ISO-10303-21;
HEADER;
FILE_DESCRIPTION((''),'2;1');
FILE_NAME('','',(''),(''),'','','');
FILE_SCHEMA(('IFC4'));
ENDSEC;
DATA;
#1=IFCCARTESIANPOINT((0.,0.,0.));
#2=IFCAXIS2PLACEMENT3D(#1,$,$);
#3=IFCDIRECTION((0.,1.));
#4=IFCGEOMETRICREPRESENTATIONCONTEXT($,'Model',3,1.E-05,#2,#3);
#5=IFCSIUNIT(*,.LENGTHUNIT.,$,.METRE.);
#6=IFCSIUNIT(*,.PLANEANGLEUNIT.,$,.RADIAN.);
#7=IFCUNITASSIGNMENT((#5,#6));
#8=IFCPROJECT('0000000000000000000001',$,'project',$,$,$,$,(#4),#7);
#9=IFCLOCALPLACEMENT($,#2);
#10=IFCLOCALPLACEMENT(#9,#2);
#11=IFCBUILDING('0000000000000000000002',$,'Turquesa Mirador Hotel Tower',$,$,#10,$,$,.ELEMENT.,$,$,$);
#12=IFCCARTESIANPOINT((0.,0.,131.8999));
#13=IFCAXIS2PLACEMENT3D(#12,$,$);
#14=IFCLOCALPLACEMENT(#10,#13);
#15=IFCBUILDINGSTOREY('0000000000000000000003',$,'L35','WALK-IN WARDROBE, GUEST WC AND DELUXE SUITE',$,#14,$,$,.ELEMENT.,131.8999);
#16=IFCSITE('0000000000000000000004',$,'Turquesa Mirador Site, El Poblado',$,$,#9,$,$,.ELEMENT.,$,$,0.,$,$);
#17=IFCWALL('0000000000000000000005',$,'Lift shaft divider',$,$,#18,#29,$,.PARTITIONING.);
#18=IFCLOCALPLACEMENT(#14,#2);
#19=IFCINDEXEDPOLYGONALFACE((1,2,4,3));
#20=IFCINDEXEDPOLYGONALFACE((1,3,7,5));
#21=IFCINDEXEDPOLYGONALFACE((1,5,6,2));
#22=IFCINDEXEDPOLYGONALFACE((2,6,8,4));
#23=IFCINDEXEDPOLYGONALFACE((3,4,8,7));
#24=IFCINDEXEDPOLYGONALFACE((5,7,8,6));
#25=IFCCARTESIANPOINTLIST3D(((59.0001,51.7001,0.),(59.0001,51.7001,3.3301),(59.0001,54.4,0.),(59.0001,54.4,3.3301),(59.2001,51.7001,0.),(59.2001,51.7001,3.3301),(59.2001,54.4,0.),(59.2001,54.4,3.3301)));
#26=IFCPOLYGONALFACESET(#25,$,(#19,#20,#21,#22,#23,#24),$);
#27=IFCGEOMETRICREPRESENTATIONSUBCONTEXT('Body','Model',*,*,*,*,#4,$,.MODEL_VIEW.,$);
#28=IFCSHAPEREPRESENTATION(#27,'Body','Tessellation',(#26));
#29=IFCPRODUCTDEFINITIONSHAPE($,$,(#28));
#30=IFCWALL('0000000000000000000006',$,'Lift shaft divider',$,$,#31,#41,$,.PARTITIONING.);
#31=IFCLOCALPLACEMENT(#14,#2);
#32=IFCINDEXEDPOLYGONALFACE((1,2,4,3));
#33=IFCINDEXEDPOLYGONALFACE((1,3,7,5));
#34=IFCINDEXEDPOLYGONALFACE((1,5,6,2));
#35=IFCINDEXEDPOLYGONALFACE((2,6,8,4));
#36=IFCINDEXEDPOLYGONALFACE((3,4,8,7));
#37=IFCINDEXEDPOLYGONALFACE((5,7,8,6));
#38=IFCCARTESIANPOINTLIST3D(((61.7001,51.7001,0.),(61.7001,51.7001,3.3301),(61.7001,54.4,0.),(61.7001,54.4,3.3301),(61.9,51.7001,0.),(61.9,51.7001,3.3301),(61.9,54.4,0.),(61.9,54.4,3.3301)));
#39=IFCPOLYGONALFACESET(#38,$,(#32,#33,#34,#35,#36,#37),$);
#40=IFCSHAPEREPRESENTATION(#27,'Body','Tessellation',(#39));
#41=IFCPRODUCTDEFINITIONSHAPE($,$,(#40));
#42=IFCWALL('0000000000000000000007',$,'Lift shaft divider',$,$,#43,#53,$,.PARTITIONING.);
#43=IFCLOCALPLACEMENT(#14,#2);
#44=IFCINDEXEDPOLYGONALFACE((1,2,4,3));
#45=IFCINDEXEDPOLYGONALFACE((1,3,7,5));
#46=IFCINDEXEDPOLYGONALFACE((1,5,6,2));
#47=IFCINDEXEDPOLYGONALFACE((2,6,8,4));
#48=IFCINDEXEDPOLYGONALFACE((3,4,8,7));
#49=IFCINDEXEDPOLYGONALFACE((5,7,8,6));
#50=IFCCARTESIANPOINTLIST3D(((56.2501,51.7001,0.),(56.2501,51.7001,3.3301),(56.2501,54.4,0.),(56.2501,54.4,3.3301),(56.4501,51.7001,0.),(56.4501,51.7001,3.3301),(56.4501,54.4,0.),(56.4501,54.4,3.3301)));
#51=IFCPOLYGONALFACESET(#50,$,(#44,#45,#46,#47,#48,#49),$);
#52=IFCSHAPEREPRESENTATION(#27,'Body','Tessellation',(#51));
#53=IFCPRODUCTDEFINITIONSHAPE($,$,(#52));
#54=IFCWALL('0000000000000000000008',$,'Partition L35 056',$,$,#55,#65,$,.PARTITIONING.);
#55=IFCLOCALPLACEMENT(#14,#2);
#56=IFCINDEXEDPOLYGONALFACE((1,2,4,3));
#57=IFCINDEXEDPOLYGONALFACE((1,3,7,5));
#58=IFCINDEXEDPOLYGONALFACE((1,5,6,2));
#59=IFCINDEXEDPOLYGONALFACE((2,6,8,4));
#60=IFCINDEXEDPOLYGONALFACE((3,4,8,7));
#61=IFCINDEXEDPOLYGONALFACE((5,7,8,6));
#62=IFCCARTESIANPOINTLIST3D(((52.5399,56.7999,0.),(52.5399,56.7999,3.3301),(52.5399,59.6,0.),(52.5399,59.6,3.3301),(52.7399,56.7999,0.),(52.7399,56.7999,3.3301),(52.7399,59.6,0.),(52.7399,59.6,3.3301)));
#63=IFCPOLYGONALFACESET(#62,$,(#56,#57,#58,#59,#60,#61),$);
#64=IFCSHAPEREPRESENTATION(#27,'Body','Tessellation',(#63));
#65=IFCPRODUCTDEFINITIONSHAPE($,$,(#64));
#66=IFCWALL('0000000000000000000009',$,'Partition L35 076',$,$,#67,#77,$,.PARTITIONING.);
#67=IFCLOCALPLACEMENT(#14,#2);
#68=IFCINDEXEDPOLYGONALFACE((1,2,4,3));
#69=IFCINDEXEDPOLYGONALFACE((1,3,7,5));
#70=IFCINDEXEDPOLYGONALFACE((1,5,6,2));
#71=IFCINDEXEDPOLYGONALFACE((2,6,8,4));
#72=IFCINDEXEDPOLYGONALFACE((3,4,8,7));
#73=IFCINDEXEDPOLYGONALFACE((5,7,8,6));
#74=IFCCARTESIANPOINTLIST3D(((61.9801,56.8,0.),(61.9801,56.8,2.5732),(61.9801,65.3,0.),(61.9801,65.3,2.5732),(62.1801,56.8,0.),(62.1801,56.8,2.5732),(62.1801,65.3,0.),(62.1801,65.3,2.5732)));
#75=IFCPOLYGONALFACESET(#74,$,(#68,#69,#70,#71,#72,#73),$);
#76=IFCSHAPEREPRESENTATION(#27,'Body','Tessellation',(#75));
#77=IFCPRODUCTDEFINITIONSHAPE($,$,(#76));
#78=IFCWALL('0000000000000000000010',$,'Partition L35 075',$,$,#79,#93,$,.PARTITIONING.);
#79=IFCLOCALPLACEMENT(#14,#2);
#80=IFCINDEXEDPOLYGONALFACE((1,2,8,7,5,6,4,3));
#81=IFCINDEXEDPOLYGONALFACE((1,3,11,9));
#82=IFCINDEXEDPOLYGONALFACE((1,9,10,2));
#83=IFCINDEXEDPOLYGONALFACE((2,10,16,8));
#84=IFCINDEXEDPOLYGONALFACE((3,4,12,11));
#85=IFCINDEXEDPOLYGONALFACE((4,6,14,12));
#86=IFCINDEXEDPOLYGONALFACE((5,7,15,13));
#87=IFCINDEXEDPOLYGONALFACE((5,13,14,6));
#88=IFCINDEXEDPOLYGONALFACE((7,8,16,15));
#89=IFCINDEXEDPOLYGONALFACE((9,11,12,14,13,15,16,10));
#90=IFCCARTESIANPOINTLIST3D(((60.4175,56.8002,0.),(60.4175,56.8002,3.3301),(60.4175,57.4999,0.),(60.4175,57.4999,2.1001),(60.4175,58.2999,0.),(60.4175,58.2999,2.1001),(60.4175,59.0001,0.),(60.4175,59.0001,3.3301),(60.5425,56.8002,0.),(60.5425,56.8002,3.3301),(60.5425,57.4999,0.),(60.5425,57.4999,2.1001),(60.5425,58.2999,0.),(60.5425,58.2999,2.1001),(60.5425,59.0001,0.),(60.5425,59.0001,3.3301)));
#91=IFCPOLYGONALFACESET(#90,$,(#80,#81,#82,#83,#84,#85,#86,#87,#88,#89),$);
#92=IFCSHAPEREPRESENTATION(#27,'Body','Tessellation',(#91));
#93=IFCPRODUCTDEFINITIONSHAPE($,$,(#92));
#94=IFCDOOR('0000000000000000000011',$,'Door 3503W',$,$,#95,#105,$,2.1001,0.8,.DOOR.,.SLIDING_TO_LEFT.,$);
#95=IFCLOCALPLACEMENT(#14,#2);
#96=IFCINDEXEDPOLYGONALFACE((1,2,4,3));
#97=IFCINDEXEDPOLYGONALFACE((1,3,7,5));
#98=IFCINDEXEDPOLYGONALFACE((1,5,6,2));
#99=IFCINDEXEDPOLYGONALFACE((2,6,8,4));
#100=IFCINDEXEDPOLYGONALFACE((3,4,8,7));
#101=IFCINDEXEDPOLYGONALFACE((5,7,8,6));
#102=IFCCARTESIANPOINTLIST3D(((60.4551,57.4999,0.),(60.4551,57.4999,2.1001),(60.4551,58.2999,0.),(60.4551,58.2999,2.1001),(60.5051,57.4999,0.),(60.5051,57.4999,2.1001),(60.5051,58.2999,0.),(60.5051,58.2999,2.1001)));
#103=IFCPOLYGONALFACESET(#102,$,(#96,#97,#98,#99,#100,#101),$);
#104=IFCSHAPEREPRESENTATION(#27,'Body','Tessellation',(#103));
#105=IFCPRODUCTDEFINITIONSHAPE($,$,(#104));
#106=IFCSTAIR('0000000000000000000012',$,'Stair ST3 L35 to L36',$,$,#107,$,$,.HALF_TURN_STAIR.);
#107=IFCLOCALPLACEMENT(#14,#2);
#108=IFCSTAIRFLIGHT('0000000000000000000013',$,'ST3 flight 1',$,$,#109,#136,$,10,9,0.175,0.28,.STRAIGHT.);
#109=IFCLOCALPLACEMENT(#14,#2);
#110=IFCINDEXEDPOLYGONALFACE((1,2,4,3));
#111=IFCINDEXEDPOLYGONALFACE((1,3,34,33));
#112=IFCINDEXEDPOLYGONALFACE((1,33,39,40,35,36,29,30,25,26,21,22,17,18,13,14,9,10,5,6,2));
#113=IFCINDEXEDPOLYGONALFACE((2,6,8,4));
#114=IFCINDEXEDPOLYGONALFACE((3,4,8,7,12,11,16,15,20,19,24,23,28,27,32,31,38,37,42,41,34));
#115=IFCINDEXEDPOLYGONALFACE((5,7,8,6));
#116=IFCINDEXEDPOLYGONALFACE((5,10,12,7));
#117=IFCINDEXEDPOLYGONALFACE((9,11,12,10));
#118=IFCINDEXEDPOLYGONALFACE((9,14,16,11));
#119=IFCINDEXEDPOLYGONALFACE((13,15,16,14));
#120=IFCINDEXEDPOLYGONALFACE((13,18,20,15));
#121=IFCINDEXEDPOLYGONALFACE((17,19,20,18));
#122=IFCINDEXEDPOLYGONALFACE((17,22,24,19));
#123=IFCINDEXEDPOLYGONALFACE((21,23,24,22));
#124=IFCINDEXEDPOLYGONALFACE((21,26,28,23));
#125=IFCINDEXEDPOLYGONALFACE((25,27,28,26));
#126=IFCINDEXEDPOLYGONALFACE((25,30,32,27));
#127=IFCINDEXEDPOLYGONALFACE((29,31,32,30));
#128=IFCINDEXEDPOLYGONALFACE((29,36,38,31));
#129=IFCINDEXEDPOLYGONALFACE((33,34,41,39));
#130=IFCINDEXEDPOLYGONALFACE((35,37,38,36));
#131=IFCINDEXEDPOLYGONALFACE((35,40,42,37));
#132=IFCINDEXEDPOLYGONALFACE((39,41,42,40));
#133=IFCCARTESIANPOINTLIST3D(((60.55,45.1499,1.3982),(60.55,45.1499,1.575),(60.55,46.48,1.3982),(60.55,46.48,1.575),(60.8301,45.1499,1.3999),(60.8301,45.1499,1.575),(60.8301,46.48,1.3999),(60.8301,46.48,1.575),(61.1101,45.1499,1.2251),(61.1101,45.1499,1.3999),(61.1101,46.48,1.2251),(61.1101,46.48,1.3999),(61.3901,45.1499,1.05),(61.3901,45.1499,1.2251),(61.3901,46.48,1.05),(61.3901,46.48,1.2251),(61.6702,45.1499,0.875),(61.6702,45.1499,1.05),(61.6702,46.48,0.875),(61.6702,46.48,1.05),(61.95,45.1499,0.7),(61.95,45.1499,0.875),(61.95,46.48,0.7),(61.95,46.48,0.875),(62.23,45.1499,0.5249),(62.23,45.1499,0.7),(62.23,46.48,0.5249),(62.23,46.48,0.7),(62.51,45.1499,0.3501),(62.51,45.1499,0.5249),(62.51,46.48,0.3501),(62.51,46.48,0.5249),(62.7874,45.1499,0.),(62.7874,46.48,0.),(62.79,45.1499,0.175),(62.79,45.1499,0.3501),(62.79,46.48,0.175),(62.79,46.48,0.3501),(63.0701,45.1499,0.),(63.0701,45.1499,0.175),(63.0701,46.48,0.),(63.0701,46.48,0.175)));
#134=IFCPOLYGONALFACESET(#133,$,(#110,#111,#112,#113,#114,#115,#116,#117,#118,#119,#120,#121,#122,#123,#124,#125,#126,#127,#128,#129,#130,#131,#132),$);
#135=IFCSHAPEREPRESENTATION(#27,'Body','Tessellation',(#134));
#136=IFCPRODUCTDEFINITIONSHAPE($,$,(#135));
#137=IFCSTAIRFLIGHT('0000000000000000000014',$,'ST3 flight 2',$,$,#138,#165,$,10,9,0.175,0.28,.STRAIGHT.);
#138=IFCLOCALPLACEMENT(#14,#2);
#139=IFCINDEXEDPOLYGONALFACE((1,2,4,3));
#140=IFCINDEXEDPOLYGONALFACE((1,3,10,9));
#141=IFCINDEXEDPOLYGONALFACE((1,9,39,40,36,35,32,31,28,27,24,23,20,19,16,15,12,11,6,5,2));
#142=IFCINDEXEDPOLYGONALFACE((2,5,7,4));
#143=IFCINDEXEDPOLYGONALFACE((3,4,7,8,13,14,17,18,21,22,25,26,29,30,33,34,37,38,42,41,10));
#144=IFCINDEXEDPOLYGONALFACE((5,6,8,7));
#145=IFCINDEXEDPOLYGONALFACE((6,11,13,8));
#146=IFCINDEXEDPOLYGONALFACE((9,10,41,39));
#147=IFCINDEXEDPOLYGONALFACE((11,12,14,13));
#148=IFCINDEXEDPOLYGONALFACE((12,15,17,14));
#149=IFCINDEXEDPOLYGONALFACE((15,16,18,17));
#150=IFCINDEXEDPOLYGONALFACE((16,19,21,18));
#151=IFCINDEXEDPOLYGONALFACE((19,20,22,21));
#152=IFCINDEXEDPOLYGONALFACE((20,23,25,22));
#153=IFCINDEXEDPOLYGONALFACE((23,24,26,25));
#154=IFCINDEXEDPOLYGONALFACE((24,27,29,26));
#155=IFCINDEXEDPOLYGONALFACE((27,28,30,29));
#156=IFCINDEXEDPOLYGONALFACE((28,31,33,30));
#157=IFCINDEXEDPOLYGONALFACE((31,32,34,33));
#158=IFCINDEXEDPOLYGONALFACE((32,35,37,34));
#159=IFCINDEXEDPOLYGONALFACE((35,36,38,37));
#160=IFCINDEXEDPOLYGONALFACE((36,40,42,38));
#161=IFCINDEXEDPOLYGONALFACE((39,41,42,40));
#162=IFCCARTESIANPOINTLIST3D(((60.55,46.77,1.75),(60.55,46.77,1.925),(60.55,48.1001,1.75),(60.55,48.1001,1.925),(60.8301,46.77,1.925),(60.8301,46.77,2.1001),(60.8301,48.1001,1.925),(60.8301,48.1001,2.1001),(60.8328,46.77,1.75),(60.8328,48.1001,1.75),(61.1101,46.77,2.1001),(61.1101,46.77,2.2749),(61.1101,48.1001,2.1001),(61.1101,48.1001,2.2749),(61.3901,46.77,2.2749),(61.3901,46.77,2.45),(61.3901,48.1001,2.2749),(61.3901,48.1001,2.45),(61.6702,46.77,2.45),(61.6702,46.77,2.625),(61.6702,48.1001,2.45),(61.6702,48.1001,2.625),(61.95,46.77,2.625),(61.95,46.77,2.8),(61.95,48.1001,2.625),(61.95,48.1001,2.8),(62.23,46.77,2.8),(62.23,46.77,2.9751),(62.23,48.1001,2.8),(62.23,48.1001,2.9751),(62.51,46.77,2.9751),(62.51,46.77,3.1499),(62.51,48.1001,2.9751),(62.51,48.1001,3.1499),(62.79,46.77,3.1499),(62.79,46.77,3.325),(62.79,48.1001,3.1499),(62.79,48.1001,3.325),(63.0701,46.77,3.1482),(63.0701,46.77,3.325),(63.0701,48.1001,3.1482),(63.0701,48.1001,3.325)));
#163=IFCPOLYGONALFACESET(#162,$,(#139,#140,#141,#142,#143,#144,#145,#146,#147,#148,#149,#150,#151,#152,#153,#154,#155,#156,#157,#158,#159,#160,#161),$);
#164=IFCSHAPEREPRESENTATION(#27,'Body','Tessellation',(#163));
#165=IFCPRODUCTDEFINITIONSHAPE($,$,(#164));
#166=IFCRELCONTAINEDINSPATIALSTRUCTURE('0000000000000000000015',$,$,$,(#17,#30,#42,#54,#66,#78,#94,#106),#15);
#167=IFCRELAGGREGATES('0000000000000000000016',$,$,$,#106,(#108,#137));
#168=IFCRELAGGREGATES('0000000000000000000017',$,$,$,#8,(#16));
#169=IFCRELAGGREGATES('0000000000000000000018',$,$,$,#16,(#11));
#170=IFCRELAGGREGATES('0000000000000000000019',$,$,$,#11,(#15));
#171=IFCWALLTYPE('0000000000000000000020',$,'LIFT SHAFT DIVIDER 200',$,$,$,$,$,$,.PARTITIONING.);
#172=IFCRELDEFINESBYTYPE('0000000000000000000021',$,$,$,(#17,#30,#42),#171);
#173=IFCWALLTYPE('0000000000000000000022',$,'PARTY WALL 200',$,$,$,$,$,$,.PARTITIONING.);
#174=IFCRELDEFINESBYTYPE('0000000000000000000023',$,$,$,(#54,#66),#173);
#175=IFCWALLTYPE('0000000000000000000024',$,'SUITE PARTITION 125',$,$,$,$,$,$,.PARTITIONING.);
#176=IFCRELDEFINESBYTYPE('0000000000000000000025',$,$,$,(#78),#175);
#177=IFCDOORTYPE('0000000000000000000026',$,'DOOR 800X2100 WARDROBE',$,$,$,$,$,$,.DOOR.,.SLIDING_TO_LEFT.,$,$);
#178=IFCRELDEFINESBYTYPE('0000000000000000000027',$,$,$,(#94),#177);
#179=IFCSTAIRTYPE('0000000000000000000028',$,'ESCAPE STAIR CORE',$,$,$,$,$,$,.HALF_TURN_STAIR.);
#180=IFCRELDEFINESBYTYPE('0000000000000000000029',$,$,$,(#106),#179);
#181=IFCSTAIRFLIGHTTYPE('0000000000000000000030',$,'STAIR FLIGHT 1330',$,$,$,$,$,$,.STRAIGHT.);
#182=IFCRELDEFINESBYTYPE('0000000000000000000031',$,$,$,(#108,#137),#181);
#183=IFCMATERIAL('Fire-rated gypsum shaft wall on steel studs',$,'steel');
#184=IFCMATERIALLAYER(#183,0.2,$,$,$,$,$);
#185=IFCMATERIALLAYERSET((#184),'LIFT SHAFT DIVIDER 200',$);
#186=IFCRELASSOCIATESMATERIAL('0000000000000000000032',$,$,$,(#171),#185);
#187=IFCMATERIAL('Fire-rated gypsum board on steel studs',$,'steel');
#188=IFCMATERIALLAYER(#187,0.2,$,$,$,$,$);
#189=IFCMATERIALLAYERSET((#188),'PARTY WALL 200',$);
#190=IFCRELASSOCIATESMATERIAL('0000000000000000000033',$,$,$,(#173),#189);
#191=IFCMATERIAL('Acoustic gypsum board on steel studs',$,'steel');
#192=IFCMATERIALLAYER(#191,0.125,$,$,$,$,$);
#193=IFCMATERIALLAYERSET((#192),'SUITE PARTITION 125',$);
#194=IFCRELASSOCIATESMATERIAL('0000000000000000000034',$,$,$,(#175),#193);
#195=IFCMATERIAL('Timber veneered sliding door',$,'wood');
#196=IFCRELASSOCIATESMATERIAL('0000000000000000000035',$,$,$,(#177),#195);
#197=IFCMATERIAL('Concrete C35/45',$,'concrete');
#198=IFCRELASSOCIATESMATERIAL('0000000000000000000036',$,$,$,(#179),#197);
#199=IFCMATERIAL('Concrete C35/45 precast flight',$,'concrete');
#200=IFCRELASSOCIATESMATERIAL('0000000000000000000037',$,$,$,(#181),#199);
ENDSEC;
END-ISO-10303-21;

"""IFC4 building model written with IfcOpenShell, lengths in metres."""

from ifc_helpers import new_model, si_unit, direction, frame, frame_2d, origin, place, context, subcontext, project, spatial, polyline, rectangle, outline, extrude, material, layer, layer_set, type_object, element, fill, aggregate, save


model = new_model("IFC4")

# Units and contexts
model_context = context("Model", 3, precision=1e-05, world=origin(), true_north=direction((0.0, 1.0)))
body_context = subcontext(model_context, "Body", "Model", "MODEL_VIEW")
ifc_project = project(units=[si_unit("LENGTHUNIT", "METRE"), si_unit("PLANEANGLEUNIT", "RADIAN")], contexts=[model_context])

# Site, building, storey
site_placement = place(None, origin())
site = spatial("IfcSite", under=ifc_project, at=site_placement, Name="Turquesa Mirador Site, El Poblado", CompositionType="ELEMENT", RefElevation=0.0)
building_placement = place(site_placement, origin())
building = spatial("IfcBuilding", under=site, at=building_placement, Name="Turquesa Mirador Hotel Tower", CompositionType="ELEMENT")
storey_placement = place(building_placement, frame((0.0, 0.0, 131.8999)))
storey = spatial("IfcBuildingStorey", under=building, at=storey_placement, Name="L35", Description="WALK-IN WARDROBE, GUEST WC AND DELUXE SUITE", CompositionType="ELEMENT", Elevation=131.8999)

# Walls
ifc_material_1 = material(Name="Fire-rated gypsum shaft wall on steel studs", Category="steel")
ifc_layer_1 = layer(ifc_material_1, 0.2)
ifc_layer_set_1 = layer_set([ifc_layer_1], Name="LIFT SHAFT DIVIDER 200")
wall_type_1 = type_object("IfcWallType", Name="LIFT SHAFT DIVIDER 200", PredefinedType="PARTITIONING", material=ifc_layer_set_1)
for number, where, z_axis, x_axis, name in (
    (1, (59.1001, 51.7, 0.0), (0.0, 0.0, 1.0), (0.0, 1.0, 0.0), "Lift shaft divider"),
    (2, (61.8, 51.7, 0.0), (0.0, 0.0, 1.0), (0.0, 1.0, 0.0), "Lift shaft divider"),
    (3, (56.3501, 51.7, 0.0), (0.0, 0.0, 1.0), (0.0, 1.0, 0.0), "Lift shaft divider"),
):
    element("IfcWall", number, at=place(storey_placement, frame(where, z_axis=z_axis, x_axis=x_axis)), inside=storey, type_object=wall_type_1, Name=name, PredefinedType="PARTITIONING", context=body_context, shape_type="SweptSolid", body=[
        extrude(rectangle(XDim=2.7, YDim=0.2, at=frame_2d((1.3501, 0.0))), origin(), (0.0, 0.0, 1.0), 3.3301),
    ])
ifc_material_2 = material(Name="Fire-rated gypsum board on steel studs", Category="steel")
ifc_layer_2 = layer(ifc_material_2, 0.2)
ifc_layer_set_2 = layer_set([ifc_layer_2], Name="PARTY WALL 200")
wall_type_2 = type_object("IfcWallType", Name="PARTY WALL 200", PredefinedType="PARTITIONING", material=ifc_layer_set_2)
wall_1_placement = place(storey_placement, frame((52.6399, 56.8, 0.0), z_axis=(0.0, 0.0, 1.0), x_axis=(0.0, 1.0, 0.0)))
element("IfcWall", 4, at=wall_1_placement, inside=storey, type_object=wall_type_2, Name="Partition L35 056", PredefinedType="PARTITIONING", context=body_context, shape_type="SweptSolid", body=[
    extrude(rectangle(XDim=2.8, YDim=0.2, at=frame_2d((1.3999, 0.0))), origin(), (0.0, 0.0, 1.0), 3.3301),
])
wall_2_placement = place(storey_placement, frame((62.0801, 56.8, 0.0), z_axis=(0.0, 0.0, 1.0), x_axis=(0.0, 1.0, 0.0)))
element("IfcWall", 5, at=wall_2_placement, inside=storey, type_object=wall_type_2, Name="Partition L35 076", PredefinedType="PARTITIONING", context=body_context, shape_type="SweptSolid", body=[
    extrude(rectangle(XDim=8.5, YDim=0.2, at=frame_2d((4.25, 0.0))), origin(), (0.0, 0.0, 1.0), 2.5732),
])

# Wall, opening, door
ifc_material_3 = material(Name="Acoustic gypsum board on steel studs", Category="steel")
ifc_layer_3 = layer(ifc_material_3, 0.125)
ifc_layer_set_3 = layer_set([ifc_layer_3], Name="SUITE PARTITION 125")
wall_type_3 = type_object("IfcWallType", Name="SUITE PARTITION 125", PredefinedType="PARTITIONING", material=ifc_layer_set_3)
wall_3_placement = place(storey_placement, frame((60.48, 56.8, 0.0), z_axis=(0.0, 0.0, 1.0), x_axis=(0.0, 1.0, 0.0)))
wall_3 = element("IfcWall", 6, at=wall_3_placement, inside=storey, type_object=wall_type_3, Name="Partition L35 075", PredefinedType="PARTITIONING", context=body_context, shape_type="SweptSolid", body=[
    extrude(rectangle(XDim=2.2, YDim=0.125, at=frame_2d((1.1001, 0.0))), origin(), (0.0, 0.0, 1.0), 3.3301),
])
opening_1_placement = place(wall_3_placement, frame((0.7, 0.0, 0.0)))
opening_1 = element("IfcOpeningElement", 7, at=opening_1_placement, cuts=wall_3, PredefinedType="OPENING", context=body_context, shape_type="SweptSolid", body=[
    extrude(rectangle(XDim=0.8, YDim=2.1001, at=frame_2d((0.3999, 1.05))), frame((0.0, 0.0725, 0.0), z_axis=(0.0, -1.0, 0.0), x_axis=(1.0, 0.0, 0.0)), (0.0, 0.0, 1.0), 0.145),
])
ifc_material_4 = material(Name="Timber veneered sliding door", Category="wood")
door_type_1 = type_object("IfcDoorType", Name="DOOR 800X2100 WARDROBE", OperationType="SLIDING_TO_LEFT", PredefinedType="DOOR", material=ifc_material_4)
door_1_placement = place(opening_1_placement, origin())
door_1 = element("IfcDoor", 8, at=door_1_placement, inside=storey, type_object=door_type_1, Name="Door 3503W", OperationType="SLIDING_TO_LEFT", OverallHeight=2.1001, OverallWidth=0.8, PredefinedType="DOOR", context=body_context, shape_type="SweptSolid", body=[
    extrude(rectangle(XDim=0.8, YDim=2.1001, at=frame_2d((0.3999, 1.05))), frame((0.0, 0.0249, 0.0), z_axis=(0.0, -1.0, 0.0), x_axis=(1.0, 0.0, 0.0)), (0.0, 0.0, 1.0), 0.05),
])
fill(opening_1, door_1)

# Stair, stair flights
ifc_material_5 = material(Name="Concrete C35/45", Category="concrete")
stair_type = type_object("IfcStairType", Name="ESCAPE STAIR CORE", PredefinedType="HALF_TURN_STAIR", material=ifc_material_5)
stair_placement = place(storey_placement, origin())
stair = element("IfcStair", 9, at=stair_placement, inside=storey, type_object=stair_type, Name="Stair ST3 L35 to L36", PredefinedType="HALF_TURN_STAIR")
ifc_material_6 = material(Name="Concrete C35/45 precast flight", Category="concrete")
stair_flight_type = type_object("IfcStairFlightType", Name="STAIR FLIGHT 1330", PredefinedType="STRAIGHT", material=ifc_material_6)
stair_flight_1_placement = place(storey_placement, frame((63.0701, 45.8149, 0.0), z_axis=(0.0, 0.0, 1.0), x_axis=(-1.0, 0.0, 0.0)))
stair_flight_1 = element("IfcStairFlight", 10, at=stair_flight_1_placement, type_object=stair_flight_type, Name="ST3 flight 1", NumberOfRisers=10, NumberOfTreads=9, PredefinedType="STRAIGHT", RiserHeight=0.175, TreadLength=0.28, context=body_context, shape_type="SweptSolid", body=[
    extrude(outline(polyline([(0.0, 0.0), (0.0, 0.175), (0.28, 0.175), (0.28, 0.3501), (0.5601, 0.3501), (0.5601, 0.5249), (0.8401, 0.5249), (0.8401, 0.7), (1.1201, 0.7), (1.1201, 0.875), (1.3999, 0.875), (1.3999, 1.05), (1.6799, 1.05), (1.6799, 1.2251), (1.96, 1.2251), (1.96, 1.3999), (2.24, 1.3999), (2.24, 1.575), (2.52, 1.575), (2.52, 1.75), (2.52, 1.3982), (0.2827, 0.0), (0.0, 0.0)])), frame((0.0, 0.665, 0.0), z_axis=(0.0, -1.0, 0.0), x_axis=(1.0, 0.0, 0.0)), (0.0, 0.0, 1.0), 1.3301),
])
stair_flight_2_placement = place(storey_placement, frame((60.55, 47.4351, 1.75), z_axis=(0.0, 0.0, 1.0), x_axis=(1.0, 0.0, 0.0)))
stair_flight_2 = element("IfcStairFlight", 11, at=stair_flight_2_placement, type_object=stair_flight_type, Name="ST3 flight 2", NumberOfRisers=10, NumberOfTreads=9, PredefinedType="STRAIGHT", RiserHeight=0.175, TreadLength=0.28, context=body_context, shape_type="SweptSolid", body=[
    extrude(outline(polyline([(0.0, 0.0), (0.0, 0.175), (0.28, 0.175), (0.28, 0.3501), (0.5601, 0.3501), (0.5601, 0.5249), (0.8401, 0.5249), (0.8401, 0.7), (1.1201, 0.7), (1.1201, 0.875), (1.3999, 0.875), (1.3999, 1.05), (1.6799, 1.05), (1.6799, 1.2251), (1.96, 1.2251), (1.96, 1.3999), (2.24, 1.3999), (2.24, 1.575), (2.52, 1.575), (2.52, 1.75), (2.52, 1.3982), (0.2827, 0.0), (0.0, 0.0)])), frame((0.0, 0.665, 0.0), z_axis=(0.0, -1.0, 0.0), x_axis=(1.0, 0.0, 0.0)), (0.0, 0.0, 1.0), 1.3301),
])
aggregate(stair, [stair_flight_1, stair_flight_2])

save(model, "model.ifc")
